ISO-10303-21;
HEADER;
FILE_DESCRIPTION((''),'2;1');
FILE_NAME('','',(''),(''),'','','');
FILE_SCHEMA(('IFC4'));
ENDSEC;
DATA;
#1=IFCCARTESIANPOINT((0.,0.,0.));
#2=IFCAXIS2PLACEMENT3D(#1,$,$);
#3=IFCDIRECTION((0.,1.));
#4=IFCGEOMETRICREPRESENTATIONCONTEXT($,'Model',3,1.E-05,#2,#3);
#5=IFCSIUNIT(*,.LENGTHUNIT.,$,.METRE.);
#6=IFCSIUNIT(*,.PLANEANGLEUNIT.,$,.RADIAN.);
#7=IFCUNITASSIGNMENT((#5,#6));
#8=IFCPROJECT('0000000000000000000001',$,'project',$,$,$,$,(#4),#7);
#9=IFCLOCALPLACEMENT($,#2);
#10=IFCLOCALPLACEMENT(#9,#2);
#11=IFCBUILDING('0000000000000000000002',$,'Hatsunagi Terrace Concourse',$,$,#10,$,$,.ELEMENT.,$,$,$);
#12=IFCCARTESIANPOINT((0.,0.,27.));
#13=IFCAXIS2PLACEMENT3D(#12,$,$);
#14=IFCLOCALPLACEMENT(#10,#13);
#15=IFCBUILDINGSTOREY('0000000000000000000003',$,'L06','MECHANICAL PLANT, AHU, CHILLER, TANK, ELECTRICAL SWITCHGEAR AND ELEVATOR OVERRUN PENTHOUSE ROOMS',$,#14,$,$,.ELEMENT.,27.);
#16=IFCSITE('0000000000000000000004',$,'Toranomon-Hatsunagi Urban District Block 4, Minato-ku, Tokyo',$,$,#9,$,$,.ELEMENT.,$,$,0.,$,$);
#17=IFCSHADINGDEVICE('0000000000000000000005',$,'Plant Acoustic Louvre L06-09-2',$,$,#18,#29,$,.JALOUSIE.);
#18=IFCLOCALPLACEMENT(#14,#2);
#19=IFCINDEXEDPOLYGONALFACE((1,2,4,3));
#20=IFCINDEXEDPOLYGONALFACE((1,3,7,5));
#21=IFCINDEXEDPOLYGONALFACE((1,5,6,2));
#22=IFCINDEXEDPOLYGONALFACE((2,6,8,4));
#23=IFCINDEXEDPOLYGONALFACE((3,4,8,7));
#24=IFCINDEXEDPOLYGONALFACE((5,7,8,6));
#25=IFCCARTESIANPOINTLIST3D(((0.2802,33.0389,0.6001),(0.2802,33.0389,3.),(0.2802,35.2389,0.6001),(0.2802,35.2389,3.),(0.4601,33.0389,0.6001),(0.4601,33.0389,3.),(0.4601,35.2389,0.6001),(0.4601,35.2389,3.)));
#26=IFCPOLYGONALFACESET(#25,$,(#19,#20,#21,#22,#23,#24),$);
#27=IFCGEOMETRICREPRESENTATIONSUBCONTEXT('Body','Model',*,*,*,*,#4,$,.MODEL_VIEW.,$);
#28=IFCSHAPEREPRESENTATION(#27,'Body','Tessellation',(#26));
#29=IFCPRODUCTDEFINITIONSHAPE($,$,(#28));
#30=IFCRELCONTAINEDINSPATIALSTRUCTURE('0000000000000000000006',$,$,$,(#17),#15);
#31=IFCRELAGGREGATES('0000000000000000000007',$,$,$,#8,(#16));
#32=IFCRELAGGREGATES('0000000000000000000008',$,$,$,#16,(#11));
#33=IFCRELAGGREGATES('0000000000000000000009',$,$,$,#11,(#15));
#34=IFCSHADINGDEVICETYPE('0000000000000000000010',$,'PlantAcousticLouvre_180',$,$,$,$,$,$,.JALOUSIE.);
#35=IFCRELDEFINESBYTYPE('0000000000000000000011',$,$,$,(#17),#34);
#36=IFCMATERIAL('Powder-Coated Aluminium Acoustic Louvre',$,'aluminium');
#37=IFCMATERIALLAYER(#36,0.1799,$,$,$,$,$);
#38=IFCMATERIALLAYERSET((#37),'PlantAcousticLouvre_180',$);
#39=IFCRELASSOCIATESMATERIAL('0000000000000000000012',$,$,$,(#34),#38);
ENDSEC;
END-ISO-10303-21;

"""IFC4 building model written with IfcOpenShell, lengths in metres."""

from ifc_helpers import new_model, si_unit, direction, frame, origin, origin_2d, place, context, subcontext, project, spatial, rectangle, extrude, material, layer, layer_set, type_object, element, save


model = new_model("IFC4")

# Units and contexts
model_context = context("Model", 3, precision=1e-05, world=origin(), true_north=direction((0.0, 1.0)))
body_context = subcontext(model_context, "Body", "Model", "MODEL_VIEW")
ifc_project = project(units=[si_unit("LENGTHUNIT", "METRE"), si_unit("PLANEANGLEUNIT", "RADIAN")], contexts=[model_context])

# Site, building, storey
site_placement = place(None, origin())
site = spatial("IfcSite", under=ifc_project, at=site_placement, Name="Toranomon-Hatsunagi Urban District Block 4, Minato-ku, Tokyo", CompositionType="ELEMENT", RefElevation=0.0)
building_placement = place(site_placement, origin())
building = spatial("IfcBuilding", under=site, at=building_placement, Name="Hatsunagi Terrace Concourse", CompositionType="ELEMENT")
storey_placement = place(building_placement, frame((0.0, 0.0, 27.0)))
storey = spatial("IfcBuildingStorey", under=building, at=storey_placement, Name="L06", Description="MECHANICAL PLANT, AHU, CHILLER, TANK, ELECTRICAL SWITCHGEAR AND ELEVATOR OVERRUN PENTHOUSE ROOMS", CompositionType="ELEMENT", Elevation=27.0)

# Shading device
ifc_material_1 = material(Name="Powder-Coated Aluminium Acoustic Louvre", Category="aluminium")
ifc_layer_1 = layer(ifc_material_1, 0.1799)
ifc_layer_set_1 = layer_set([ifc_layer_1], Name="PlantAcousticLouvre_180")
shading_device_type = type_object("IfcShadingDeviceType", Name="PlantAcousticLouvre_180", PredefinedType="JALOUSIE", material=ifc_layer_set_1)
shading_device_placement = place(storey_placement, frame((0.3701, 34.1389, 0.6001), z_axis=(0.0, 0.0, 1.0), x_axis=(0.0, 1.0, 0.0)))
element("IfcShadingDevice", 1, at=shading_device_placement, inside=storey, type_object=shading_device_type, Name="Plant Acoustic Louvre L06-09-2", PredefinedType="JALOUSIE", context=body_context, shape_type="SweptSolid", body=[
    extrude(rectangle(XDim=2.2, YDim=0.1799, at=origin_2d()), origin(), (0.0, 0.0, 1.0), 2.3999),
])

save(model, "model.ifc")
